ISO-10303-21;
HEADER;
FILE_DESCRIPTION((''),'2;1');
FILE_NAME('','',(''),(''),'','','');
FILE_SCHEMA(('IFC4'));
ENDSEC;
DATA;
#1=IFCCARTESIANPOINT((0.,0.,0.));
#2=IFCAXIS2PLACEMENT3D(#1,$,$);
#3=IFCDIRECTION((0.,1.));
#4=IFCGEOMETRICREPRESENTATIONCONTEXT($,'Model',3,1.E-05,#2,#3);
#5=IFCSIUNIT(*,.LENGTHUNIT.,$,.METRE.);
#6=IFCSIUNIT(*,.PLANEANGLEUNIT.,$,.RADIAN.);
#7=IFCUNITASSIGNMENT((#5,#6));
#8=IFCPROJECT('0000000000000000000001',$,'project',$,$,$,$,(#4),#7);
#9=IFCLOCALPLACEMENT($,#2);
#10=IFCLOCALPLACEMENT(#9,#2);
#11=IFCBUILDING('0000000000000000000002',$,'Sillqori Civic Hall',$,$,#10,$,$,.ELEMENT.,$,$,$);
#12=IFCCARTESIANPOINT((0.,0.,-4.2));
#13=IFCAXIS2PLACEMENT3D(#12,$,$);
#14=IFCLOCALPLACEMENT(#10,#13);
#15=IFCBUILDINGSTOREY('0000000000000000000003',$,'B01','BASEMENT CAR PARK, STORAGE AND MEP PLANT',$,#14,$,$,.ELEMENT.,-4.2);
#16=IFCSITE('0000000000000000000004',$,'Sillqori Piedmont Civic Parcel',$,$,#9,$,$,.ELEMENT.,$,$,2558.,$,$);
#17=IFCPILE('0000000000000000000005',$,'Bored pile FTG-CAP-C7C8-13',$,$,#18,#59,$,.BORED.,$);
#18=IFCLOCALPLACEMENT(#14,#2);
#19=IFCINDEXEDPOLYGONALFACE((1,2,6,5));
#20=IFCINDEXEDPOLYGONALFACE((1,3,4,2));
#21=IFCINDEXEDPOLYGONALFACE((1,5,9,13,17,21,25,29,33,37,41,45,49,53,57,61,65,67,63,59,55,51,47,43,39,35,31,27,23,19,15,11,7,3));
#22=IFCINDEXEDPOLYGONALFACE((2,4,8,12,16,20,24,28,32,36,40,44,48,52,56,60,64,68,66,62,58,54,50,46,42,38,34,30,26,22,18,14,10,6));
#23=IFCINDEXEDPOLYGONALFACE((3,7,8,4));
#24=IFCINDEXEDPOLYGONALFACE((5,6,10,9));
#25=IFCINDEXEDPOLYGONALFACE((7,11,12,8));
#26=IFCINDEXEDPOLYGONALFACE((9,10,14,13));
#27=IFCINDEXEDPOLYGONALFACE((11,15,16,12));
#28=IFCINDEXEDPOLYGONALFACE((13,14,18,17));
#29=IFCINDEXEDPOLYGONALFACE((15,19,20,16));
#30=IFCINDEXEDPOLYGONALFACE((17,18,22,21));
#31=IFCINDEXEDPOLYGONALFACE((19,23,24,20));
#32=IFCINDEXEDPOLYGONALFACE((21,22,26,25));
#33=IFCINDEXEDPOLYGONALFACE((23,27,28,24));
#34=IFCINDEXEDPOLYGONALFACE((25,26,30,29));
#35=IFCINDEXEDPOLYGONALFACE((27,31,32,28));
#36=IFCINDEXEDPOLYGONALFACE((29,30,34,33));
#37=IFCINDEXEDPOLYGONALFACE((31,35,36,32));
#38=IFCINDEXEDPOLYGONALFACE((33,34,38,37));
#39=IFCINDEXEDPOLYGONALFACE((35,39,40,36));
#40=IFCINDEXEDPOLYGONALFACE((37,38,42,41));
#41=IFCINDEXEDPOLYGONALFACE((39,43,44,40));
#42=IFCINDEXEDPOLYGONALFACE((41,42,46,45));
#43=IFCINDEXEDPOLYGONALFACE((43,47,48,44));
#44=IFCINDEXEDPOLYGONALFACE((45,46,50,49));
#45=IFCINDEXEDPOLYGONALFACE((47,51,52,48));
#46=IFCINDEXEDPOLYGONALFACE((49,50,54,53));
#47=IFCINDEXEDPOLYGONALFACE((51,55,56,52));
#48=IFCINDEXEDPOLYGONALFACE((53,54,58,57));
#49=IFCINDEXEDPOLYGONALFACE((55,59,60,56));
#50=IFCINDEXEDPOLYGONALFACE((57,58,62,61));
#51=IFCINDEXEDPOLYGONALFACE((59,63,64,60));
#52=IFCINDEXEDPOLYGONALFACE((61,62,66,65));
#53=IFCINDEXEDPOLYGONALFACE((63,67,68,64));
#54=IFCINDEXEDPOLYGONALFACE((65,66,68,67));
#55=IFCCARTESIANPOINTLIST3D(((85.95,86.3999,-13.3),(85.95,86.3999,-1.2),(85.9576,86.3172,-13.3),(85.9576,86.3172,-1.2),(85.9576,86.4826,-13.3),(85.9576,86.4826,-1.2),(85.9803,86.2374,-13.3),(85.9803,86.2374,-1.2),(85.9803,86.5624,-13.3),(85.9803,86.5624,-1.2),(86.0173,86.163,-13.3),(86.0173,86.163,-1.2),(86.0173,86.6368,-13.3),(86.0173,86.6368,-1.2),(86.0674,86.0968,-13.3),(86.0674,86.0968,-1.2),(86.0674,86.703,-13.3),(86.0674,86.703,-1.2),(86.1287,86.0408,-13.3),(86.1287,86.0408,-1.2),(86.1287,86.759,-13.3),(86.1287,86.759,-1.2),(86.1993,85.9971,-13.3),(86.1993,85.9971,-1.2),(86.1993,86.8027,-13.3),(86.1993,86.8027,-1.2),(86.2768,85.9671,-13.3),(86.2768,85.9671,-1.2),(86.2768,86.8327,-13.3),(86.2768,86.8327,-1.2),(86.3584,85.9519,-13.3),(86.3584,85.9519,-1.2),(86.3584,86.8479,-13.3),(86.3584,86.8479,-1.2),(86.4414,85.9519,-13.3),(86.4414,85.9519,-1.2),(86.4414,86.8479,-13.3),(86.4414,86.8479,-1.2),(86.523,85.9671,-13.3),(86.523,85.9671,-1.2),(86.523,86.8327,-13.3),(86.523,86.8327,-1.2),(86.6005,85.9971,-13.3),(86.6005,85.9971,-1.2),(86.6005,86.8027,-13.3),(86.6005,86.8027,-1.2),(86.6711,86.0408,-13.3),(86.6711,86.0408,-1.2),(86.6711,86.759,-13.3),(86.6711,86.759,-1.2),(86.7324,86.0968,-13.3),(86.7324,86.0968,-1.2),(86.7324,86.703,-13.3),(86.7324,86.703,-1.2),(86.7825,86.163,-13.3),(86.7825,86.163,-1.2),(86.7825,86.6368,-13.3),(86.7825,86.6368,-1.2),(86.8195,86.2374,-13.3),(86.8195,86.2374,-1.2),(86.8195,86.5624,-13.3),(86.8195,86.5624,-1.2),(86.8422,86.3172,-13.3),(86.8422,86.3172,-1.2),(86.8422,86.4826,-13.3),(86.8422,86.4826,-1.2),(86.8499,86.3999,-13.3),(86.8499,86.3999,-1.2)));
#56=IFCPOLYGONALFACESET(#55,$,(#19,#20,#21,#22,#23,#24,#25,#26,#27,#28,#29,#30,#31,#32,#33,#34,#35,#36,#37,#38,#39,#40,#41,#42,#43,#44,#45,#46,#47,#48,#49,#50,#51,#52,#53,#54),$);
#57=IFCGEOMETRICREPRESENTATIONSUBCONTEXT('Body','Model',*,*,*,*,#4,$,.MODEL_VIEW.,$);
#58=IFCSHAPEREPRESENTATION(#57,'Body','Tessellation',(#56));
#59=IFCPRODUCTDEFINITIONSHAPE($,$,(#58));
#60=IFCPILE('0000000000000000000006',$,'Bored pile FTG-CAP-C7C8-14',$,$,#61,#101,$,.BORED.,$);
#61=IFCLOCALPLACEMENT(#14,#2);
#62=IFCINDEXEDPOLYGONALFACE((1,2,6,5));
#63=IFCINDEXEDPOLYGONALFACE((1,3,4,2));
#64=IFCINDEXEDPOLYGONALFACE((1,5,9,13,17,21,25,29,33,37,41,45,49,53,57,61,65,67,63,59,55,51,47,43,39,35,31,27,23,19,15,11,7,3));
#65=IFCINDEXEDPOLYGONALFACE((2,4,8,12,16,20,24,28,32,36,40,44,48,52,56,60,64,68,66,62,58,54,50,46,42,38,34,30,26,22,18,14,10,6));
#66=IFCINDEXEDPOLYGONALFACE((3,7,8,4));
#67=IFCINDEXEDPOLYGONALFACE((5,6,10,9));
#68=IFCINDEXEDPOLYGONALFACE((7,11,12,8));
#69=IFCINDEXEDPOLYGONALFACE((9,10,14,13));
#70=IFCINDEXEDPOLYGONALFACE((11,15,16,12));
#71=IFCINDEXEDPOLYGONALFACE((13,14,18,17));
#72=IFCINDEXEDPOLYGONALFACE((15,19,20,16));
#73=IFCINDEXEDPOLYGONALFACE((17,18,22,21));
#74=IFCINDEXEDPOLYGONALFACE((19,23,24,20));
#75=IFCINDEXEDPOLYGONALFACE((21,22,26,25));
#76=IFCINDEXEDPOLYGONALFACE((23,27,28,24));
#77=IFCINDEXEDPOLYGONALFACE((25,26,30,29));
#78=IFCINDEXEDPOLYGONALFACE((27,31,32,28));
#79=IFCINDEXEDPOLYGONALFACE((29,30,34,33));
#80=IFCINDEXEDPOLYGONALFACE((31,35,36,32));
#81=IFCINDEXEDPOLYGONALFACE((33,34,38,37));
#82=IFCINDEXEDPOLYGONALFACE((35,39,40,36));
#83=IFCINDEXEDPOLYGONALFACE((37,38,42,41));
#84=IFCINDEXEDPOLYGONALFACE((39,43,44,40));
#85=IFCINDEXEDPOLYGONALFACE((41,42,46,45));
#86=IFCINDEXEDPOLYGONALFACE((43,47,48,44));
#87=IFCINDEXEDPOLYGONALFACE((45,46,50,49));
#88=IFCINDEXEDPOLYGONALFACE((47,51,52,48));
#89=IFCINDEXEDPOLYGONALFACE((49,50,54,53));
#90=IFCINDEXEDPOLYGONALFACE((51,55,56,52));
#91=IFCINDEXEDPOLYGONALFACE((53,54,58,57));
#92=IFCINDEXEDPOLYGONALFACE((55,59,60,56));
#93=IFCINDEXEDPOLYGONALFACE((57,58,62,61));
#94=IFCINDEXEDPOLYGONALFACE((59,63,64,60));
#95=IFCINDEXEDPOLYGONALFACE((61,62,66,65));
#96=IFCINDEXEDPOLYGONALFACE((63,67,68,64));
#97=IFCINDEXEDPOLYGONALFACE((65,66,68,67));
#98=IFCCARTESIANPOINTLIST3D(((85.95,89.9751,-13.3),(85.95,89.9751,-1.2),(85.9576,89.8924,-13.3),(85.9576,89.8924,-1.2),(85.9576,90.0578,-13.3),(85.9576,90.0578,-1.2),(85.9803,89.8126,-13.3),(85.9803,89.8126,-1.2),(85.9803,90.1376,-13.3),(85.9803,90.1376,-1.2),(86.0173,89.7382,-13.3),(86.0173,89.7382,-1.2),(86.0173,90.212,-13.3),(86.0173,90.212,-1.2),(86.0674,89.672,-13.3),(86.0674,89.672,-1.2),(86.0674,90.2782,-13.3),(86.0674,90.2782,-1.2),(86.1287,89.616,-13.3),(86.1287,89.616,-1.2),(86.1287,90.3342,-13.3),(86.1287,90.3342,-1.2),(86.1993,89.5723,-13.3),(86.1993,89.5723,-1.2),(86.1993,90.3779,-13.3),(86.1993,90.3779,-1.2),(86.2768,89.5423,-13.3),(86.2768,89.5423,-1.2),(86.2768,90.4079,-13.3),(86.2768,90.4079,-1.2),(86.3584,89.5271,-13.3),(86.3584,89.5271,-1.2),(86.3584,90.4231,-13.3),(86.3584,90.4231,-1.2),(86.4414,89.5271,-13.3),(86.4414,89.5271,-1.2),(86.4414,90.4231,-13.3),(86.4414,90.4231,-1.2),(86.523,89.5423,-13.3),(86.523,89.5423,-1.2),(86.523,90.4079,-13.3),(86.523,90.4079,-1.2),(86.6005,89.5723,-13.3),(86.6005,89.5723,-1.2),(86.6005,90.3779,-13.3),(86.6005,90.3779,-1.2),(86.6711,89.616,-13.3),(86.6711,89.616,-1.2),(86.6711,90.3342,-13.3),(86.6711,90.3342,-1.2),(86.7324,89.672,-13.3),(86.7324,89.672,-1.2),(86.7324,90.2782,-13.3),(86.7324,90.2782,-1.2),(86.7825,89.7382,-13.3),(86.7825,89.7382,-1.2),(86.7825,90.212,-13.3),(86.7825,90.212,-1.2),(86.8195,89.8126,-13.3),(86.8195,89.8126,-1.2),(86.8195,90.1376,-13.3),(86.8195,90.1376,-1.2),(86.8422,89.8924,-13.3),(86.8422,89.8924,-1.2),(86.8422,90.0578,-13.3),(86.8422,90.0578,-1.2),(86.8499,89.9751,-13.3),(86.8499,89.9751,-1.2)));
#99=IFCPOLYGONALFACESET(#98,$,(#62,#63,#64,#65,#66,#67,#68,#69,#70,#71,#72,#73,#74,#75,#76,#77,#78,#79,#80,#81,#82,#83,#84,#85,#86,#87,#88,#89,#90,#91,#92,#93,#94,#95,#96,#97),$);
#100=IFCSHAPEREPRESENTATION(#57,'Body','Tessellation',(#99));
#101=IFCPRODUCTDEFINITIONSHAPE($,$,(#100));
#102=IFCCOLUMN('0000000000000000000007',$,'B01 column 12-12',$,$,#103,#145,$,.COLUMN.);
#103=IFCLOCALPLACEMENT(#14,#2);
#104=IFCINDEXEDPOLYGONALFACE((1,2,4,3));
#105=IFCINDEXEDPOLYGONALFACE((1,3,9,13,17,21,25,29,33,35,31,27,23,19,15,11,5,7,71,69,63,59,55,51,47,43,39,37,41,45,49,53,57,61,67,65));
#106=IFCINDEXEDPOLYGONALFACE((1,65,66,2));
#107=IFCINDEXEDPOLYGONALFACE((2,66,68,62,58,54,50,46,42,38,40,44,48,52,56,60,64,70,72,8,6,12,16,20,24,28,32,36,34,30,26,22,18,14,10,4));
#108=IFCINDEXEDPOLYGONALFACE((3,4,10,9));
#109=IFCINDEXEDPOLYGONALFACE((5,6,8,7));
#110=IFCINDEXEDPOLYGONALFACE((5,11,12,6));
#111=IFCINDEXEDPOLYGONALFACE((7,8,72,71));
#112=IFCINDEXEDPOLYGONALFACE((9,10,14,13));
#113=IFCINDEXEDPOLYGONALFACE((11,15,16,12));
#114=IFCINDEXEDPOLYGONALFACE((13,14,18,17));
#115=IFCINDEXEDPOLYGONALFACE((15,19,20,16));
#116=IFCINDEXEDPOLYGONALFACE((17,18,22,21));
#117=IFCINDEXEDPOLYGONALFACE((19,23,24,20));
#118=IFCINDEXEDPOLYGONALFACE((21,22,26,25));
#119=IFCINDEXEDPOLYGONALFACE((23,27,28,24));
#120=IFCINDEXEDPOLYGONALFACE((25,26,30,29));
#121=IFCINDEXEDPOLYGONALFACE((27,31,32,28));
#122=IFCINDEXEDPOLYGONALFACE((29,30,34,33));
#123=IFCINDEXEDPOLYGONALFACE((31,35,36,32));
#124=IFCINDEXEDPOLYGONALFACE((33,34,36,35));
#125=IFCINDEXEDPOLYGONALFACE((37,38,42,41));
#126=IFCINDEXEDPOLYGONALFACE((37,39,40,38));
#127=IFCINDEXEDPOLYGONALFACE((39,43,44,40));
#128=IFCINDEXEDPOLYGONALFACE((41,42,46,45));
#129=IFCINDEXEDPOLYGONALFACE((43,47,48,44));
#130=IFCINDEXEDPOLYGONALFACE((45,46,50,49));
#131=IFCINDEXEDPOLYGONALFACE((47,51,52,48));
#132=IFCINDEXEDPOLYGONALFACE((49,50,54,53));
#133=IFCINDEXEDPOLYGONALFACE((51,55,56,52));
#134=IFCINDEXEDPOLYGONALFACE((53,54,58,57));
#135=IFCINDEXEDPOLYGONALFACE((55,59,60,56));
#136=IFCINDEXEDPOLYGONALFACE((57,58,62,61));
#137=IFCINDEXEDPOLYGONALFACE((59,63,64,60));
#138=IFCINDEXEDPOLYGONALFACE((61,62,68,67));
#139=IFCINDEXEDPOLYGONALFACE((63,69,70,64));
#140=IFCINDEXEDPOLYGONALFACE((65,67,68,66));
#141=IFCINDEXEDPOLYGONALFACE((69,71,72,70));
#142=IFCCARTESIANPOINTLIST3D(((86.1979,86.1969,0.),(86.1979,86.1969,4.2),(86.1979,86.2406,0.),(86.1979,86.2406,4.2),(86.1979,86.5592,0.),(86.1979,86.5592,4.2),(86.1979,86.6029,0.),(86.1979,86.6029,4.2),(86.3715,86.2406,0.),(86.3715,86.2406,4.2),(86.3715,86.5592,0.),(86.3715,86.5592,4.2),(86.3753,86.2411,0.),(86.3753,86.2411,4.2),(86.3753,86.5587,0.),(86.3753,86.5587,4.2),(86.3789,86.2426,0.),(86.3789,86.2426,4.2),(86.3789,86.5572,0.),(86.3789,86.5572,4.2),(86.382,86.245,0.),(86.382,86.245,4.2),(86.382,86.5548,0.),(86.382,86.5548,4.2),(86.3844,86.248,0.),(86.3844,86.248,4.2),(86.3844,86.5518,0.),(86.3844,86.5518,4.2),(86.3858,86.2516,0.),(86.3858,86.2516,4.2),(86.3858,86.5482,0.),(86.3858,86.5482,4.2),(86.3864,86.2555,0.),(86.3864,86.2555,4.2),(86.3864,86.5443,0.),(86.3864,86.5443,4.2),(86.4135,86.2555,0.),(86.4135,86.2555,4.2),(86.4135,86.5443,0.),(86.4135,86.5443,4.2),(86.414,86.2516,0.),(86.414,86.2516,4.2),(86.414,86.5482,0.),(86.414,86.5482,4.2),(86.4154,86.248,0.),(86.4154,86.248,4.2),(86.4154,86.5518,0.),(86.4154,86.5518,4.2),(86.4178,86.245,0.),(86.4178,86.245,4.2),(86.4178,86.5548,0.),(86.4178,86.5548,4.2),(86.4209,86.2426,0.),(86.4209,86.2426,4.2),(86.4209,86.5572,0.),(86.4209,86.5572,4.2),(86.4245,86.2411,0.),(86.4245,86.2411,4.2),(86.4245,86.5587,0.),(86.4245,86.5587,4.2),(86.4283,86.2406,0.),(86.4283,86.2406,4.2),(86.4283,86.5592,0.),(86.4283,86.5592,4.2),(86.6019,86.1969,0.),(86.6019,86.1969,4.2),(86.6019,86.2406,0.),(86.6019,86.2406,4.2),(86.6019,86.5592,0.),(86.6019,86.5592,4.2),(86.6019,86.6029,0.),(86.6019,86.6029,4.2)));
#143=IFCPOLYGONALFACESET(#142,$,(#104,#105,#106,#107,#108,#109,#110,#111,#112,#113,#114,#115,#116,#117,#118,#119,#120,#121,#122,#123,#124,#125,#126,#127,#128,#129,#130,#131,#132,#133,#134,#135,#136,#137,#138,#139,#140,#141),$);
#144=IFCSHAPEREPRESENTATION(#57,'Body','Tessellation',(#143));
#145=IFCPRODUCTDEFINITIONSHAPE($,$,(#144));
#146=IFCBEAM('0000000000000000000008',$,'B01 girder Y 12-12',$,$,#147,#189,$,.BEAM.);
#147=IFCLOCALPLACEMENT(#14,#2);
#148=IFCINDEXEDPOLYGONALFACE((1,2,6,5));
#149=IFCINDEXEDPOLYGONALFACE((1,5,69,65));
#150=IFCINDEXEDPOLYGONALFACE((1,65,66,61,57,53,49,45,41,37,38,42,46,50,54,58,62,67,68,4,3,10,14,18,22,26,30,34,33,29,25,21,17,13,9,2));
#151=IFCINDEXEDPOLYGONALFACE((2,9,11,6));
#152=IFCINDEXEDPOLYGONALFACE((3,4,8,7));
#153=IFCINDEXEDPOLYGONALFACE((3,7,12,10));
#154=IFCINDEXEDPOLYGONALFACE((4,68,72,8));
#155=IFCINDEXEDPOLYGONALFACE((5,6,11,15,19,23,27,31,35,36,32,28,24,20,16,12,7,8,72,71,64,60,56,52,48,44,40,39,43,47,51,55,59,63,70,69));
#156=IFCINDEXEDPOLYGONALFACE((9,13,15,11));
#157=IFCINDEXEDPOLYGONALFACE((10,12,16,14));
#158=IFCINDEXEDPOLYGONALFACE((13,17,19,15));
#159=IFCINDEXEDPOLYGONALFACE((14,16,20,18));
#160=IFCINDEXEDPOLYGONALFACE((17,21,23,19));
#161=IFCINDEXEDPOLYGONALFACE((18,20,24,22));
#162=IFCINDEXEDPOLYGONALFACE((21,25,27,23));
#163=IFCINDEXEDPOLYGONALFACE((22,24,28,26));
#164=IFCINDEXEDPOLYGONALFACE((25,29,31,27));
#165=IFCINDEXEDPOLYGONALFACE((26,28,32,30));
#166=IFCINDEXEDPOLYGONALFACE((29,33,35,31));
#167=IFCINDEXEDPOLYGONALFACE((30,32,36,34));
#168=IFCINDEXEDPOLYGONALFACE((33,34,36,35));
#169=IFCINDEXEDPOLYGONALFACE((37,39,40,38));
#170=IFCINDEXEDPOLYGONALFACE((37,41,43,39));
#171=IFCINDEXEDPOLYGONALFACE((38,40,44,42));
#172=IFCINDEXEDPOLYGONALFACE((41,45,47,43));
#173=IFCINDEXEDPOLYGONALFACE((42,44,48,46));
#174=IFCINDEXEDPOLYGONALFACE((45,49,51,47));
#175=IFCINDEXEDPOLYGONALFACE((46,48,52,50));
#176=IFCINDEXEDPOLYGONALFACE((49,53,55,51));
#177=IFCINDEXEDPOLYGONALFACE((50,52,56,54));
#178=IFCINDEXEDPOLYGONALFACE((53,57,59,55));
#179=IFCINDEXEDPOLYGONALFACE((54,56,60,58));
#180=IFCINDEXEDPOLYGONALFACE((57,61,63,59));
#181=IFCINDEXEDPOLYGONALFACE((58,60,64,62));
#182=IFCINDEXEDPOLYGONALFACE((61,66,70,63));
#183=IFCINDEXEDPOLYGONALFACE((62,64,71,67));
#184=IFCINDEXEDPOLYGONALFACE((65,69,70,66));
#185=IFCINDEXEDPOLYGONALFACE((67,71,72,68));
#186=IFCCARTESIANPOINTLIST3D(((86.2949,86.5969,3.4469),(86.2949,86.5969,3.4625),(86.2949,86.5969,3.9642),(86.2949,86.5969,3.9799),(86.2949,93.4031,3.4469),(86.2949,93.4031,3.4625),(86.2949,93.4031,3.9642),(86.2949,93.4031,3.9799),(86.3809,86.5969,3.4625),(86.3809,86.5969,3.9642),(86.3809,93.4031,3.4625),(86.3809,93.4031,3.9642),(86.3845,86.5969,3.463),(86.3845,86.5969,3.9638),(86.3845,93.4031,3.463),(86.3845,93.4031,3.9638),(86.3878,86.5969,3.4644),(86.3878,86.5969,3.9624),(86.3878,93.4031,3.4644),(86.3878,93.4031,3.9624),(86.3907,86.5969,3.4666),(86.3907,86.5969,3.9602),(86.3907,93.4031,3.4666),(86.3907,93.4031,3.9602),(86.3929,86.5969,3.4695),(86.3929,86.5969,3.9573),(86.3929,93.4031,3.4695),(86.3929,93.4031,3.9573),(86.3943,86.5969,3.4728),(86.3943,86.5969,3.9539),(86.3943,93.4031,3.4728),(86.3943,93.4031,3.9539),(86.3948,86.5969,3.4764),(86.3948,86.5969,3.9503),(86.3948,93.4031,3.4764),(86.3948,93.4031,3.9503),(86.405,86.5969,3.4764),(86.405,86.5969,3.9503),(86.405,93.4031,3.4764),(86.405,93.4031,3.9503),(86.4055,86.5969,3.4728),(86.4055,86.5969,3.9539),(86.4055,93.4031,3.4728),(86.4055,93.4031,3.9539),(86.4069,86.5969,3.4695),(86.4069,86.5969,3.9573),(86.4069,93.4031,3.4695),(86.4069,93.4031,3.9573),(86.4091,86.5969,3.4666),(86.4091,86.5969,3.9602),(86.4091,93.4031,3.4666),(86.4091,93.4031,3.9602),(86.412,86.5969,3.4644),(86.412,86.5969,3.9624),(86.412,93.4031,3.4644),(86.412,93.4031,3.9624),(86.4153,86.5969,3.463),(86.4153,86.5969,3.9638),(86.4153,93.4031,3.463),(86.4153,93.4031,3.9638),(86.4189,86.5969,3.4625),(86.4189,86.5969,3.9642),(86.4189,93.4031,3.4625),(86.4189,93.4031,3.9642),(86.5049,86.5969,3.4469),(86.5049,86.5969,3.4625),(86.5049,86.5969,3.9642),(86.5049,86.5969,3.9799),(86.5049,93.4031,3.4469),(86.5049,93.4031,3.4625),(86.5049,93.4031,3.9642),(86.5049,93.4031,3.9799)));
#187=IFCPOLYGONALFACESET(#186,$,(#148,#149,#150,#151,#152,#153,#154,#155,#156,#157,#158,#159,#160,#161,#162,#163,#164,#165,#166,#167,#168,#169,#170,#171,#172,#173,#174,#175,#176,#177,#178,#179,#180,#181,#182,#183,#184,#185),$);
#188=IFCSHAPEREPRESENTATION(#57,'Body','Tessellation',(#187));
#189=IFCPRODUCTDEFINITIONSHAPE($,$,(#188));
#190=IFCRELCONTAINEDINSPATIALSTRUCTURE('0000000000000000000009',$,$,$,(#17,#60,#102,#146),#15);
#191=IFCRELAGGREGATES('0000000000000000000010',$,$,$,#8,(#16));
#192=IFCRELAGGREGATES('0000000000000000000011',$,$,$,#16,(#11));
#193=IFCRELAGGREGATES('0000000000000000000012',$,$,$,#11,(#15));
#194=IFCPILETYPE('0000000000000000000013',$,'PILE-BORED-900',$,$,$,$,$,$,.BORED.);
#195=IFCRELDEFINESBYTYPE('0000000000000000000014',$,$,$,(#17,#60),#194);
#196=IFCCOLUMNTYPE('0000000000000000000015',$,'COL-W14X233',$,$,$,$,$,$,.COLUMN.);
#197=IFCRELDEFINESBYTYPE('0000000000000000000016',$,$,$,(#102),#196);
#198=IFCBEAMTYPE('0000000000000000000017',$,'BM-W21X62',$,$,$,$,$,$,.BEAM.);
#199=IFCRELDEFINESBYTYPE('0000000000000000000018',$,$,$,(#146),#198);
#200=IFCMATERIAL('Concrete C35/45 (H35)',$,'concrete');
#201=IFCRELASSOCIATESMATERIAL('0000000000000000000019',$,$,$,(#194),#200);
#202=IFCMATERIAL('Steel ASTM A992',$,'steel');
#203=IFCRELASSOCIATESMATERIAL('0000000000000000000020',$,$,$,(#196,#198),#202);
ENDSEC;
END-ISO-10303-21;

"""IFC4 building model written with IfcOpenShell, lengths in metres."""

from ifc_helpers import new_model, si_unit, direction, frame, origin, origin_2d, place, context, subcontext, project, spatial, circle, i_section, extrude, material, material_profile, profile_set, type_object, element, save


model = new_model("IFC4")

# Units and contexts
model_context = context("Model", 3, precision=1e-05, world=origin(), true_north=direction((0.0, 1.0)))
body_context = subcontext(model_context, "Body", "Model", "MODEL_VIEW")
ifc_project = project(units=[si_unit("LENGTHUNIT", "METRE"), si_unit("PLANEANGLEUNIT", "RADIAN")], contexts=[model_context])

# Site, building, storey
site_placement = place(None, origin())
site = spatial("IfcSite", under=ifc_project, at=site_placement, Name="Sillqori Piedmont Civic Parcel", CompositionType="ELEMENT", RefElevation=2558.0)
building_placement = place(site_placement, origin())
building = spatial("IfcBuilding", under=site, at=building_placement, Name="Sillqori Civic Hall", CompositionType="ELEMENT")
storey_placement = place(building_placement, frame((0.0, 0.0, -4.2)))
storey = spatial("IfcBuildingStorey", under=building, at=storey_placement, Name="B01", Description="BASEMENT CAR PARK, STORAGE AND MEP PLANT", CompositionType="ELEMENT", Elevation=-4.2)

# Shared definitions
ifc_material_1 = material(Name="Concrete C35/45 (H35)", Category="concrete")

# Piles
ifc_material_profile_1 = material_profile(ifc_material_1, circle(Radius=0.45, at=origin_2d()), Name="BORED PILE 900")
ifc_profile_set_1 = profile_set([ifc_material_profile_1], Name="Concrete C35/45 (H35)")
pile_type = type_object("IfcPileType", Name="PILE-BORED-900", PredefinedType="BORED", material=ifc_profile_set_1)
for number, where, z_axis, x_axis, name in (
    (1, (86.3999, 86.3999, -1.2), (0.0, 0.0, -1.0), (1.0, 0.0, 0.0), "Bored pile FTG-CAP-C7C8-13"),
    (2, (86.3999, 89.9751, -1.2), (0.0, 0.0, -1.0), (1.0, 0.0, 0.0), "Bored pile FTG-CAP-C7C8-14"),
):
    element("IfcPile", number, at=place(storey_placement, frame(where, z_axis=z_axis, x_axis=x_axis)), inside=storey, type_object=pile_type, Name=name, PredefinedType="BORED", context=body_context, shape_type="SweptSolid", body=[
        extrude(circle(Radius=0.45, at=origin_2d()), origin(), (0.0, 0.0, 1.0), 12.1001),
    ])

# Column
ifc_material_2 = material(Name="Steel ASTM A992", Category="steel")
ifc_material_profile_2 = material_profile(ifc_material_2, i_section(OverallWidth=0.4041, OverallDepth=0.406, WebThickness=0.0271, FlangeThickness=0.0437, FilletRadius=0.0149, at=origin_2d()), Name="W14X233")
ifc_profile_set_2 = profile_set([ifc_material_profile_2], Name="Steel ASTM A992")
column_type = type_object("IfcColumnType", Name="COL-W14X233", PredefinedType="COLUMN", material=ifc_profile_set_2)
column_placement = place(storey_placement, frame((86.3999, 86.3999, 0.0), z_axis=(0.0, 0.0, 1.0), x_axis=(1.0, 0.0, 0.0)))
element("IfcColumn", 3, at=column_placement, inside=storey, type_object=column_type, Name="B01 column 12-12", PredefinedType="COLUMN", context=body_context, shape_type="SweptSolid", body=[
    extrude(i_section(OverallWidth=0.4041, OverallDepth=0.406, WebThickness=0.0271, FlangeThickness=0.0437, FilletRadius=0.0149, at=origin_2d()), origin(), (0.0, 0.0, 1.0), 4.2),
])

# Beam
ifc_material_profile_3 = material_profile(ifc_material_2, i_section(OverallWidth=0.21, OverallDepth=0.533, WebThickness=0.0103, FlangeThickness=0.0156, FilletRadius=0.0139, at=origin_2d()), Name="W21X62")
ifc_profile_set_3 = profile_set([ifc_material_profile_3], Name="Steel ASTM A992")
beam_type_1 = type_object("IfcBeamType", Name="BM-W21X62", PredefinedType="BEAM", material=ifc_profile_set_3)
beam_1_placement = place(storey_placement, frame((86.3999, 86.5969, 3.7134), z_axis=(0.0, 1.0, 0.0), x_axis=(-1.0, 0.0, 0.0)))
element("IfcBeam", 4, at=beam_1_placement, inside=storey, type_object=beam_type_1, Name="B01 girder Y 12-12", PredefinedType="BEAM", context=body_context, shape_type="SweptSolid", body=[
    extrude(i_section(OverallWidth=0.21, OverallDepth=0.533, WebThickness=0.0103, FlangeThickness=0.0156, FilletRadius=0.0139, at=origin_2d()), origin(), (0.0, 0.0, 1.0), 6.8062),
])

save(model, "model.ifc")
